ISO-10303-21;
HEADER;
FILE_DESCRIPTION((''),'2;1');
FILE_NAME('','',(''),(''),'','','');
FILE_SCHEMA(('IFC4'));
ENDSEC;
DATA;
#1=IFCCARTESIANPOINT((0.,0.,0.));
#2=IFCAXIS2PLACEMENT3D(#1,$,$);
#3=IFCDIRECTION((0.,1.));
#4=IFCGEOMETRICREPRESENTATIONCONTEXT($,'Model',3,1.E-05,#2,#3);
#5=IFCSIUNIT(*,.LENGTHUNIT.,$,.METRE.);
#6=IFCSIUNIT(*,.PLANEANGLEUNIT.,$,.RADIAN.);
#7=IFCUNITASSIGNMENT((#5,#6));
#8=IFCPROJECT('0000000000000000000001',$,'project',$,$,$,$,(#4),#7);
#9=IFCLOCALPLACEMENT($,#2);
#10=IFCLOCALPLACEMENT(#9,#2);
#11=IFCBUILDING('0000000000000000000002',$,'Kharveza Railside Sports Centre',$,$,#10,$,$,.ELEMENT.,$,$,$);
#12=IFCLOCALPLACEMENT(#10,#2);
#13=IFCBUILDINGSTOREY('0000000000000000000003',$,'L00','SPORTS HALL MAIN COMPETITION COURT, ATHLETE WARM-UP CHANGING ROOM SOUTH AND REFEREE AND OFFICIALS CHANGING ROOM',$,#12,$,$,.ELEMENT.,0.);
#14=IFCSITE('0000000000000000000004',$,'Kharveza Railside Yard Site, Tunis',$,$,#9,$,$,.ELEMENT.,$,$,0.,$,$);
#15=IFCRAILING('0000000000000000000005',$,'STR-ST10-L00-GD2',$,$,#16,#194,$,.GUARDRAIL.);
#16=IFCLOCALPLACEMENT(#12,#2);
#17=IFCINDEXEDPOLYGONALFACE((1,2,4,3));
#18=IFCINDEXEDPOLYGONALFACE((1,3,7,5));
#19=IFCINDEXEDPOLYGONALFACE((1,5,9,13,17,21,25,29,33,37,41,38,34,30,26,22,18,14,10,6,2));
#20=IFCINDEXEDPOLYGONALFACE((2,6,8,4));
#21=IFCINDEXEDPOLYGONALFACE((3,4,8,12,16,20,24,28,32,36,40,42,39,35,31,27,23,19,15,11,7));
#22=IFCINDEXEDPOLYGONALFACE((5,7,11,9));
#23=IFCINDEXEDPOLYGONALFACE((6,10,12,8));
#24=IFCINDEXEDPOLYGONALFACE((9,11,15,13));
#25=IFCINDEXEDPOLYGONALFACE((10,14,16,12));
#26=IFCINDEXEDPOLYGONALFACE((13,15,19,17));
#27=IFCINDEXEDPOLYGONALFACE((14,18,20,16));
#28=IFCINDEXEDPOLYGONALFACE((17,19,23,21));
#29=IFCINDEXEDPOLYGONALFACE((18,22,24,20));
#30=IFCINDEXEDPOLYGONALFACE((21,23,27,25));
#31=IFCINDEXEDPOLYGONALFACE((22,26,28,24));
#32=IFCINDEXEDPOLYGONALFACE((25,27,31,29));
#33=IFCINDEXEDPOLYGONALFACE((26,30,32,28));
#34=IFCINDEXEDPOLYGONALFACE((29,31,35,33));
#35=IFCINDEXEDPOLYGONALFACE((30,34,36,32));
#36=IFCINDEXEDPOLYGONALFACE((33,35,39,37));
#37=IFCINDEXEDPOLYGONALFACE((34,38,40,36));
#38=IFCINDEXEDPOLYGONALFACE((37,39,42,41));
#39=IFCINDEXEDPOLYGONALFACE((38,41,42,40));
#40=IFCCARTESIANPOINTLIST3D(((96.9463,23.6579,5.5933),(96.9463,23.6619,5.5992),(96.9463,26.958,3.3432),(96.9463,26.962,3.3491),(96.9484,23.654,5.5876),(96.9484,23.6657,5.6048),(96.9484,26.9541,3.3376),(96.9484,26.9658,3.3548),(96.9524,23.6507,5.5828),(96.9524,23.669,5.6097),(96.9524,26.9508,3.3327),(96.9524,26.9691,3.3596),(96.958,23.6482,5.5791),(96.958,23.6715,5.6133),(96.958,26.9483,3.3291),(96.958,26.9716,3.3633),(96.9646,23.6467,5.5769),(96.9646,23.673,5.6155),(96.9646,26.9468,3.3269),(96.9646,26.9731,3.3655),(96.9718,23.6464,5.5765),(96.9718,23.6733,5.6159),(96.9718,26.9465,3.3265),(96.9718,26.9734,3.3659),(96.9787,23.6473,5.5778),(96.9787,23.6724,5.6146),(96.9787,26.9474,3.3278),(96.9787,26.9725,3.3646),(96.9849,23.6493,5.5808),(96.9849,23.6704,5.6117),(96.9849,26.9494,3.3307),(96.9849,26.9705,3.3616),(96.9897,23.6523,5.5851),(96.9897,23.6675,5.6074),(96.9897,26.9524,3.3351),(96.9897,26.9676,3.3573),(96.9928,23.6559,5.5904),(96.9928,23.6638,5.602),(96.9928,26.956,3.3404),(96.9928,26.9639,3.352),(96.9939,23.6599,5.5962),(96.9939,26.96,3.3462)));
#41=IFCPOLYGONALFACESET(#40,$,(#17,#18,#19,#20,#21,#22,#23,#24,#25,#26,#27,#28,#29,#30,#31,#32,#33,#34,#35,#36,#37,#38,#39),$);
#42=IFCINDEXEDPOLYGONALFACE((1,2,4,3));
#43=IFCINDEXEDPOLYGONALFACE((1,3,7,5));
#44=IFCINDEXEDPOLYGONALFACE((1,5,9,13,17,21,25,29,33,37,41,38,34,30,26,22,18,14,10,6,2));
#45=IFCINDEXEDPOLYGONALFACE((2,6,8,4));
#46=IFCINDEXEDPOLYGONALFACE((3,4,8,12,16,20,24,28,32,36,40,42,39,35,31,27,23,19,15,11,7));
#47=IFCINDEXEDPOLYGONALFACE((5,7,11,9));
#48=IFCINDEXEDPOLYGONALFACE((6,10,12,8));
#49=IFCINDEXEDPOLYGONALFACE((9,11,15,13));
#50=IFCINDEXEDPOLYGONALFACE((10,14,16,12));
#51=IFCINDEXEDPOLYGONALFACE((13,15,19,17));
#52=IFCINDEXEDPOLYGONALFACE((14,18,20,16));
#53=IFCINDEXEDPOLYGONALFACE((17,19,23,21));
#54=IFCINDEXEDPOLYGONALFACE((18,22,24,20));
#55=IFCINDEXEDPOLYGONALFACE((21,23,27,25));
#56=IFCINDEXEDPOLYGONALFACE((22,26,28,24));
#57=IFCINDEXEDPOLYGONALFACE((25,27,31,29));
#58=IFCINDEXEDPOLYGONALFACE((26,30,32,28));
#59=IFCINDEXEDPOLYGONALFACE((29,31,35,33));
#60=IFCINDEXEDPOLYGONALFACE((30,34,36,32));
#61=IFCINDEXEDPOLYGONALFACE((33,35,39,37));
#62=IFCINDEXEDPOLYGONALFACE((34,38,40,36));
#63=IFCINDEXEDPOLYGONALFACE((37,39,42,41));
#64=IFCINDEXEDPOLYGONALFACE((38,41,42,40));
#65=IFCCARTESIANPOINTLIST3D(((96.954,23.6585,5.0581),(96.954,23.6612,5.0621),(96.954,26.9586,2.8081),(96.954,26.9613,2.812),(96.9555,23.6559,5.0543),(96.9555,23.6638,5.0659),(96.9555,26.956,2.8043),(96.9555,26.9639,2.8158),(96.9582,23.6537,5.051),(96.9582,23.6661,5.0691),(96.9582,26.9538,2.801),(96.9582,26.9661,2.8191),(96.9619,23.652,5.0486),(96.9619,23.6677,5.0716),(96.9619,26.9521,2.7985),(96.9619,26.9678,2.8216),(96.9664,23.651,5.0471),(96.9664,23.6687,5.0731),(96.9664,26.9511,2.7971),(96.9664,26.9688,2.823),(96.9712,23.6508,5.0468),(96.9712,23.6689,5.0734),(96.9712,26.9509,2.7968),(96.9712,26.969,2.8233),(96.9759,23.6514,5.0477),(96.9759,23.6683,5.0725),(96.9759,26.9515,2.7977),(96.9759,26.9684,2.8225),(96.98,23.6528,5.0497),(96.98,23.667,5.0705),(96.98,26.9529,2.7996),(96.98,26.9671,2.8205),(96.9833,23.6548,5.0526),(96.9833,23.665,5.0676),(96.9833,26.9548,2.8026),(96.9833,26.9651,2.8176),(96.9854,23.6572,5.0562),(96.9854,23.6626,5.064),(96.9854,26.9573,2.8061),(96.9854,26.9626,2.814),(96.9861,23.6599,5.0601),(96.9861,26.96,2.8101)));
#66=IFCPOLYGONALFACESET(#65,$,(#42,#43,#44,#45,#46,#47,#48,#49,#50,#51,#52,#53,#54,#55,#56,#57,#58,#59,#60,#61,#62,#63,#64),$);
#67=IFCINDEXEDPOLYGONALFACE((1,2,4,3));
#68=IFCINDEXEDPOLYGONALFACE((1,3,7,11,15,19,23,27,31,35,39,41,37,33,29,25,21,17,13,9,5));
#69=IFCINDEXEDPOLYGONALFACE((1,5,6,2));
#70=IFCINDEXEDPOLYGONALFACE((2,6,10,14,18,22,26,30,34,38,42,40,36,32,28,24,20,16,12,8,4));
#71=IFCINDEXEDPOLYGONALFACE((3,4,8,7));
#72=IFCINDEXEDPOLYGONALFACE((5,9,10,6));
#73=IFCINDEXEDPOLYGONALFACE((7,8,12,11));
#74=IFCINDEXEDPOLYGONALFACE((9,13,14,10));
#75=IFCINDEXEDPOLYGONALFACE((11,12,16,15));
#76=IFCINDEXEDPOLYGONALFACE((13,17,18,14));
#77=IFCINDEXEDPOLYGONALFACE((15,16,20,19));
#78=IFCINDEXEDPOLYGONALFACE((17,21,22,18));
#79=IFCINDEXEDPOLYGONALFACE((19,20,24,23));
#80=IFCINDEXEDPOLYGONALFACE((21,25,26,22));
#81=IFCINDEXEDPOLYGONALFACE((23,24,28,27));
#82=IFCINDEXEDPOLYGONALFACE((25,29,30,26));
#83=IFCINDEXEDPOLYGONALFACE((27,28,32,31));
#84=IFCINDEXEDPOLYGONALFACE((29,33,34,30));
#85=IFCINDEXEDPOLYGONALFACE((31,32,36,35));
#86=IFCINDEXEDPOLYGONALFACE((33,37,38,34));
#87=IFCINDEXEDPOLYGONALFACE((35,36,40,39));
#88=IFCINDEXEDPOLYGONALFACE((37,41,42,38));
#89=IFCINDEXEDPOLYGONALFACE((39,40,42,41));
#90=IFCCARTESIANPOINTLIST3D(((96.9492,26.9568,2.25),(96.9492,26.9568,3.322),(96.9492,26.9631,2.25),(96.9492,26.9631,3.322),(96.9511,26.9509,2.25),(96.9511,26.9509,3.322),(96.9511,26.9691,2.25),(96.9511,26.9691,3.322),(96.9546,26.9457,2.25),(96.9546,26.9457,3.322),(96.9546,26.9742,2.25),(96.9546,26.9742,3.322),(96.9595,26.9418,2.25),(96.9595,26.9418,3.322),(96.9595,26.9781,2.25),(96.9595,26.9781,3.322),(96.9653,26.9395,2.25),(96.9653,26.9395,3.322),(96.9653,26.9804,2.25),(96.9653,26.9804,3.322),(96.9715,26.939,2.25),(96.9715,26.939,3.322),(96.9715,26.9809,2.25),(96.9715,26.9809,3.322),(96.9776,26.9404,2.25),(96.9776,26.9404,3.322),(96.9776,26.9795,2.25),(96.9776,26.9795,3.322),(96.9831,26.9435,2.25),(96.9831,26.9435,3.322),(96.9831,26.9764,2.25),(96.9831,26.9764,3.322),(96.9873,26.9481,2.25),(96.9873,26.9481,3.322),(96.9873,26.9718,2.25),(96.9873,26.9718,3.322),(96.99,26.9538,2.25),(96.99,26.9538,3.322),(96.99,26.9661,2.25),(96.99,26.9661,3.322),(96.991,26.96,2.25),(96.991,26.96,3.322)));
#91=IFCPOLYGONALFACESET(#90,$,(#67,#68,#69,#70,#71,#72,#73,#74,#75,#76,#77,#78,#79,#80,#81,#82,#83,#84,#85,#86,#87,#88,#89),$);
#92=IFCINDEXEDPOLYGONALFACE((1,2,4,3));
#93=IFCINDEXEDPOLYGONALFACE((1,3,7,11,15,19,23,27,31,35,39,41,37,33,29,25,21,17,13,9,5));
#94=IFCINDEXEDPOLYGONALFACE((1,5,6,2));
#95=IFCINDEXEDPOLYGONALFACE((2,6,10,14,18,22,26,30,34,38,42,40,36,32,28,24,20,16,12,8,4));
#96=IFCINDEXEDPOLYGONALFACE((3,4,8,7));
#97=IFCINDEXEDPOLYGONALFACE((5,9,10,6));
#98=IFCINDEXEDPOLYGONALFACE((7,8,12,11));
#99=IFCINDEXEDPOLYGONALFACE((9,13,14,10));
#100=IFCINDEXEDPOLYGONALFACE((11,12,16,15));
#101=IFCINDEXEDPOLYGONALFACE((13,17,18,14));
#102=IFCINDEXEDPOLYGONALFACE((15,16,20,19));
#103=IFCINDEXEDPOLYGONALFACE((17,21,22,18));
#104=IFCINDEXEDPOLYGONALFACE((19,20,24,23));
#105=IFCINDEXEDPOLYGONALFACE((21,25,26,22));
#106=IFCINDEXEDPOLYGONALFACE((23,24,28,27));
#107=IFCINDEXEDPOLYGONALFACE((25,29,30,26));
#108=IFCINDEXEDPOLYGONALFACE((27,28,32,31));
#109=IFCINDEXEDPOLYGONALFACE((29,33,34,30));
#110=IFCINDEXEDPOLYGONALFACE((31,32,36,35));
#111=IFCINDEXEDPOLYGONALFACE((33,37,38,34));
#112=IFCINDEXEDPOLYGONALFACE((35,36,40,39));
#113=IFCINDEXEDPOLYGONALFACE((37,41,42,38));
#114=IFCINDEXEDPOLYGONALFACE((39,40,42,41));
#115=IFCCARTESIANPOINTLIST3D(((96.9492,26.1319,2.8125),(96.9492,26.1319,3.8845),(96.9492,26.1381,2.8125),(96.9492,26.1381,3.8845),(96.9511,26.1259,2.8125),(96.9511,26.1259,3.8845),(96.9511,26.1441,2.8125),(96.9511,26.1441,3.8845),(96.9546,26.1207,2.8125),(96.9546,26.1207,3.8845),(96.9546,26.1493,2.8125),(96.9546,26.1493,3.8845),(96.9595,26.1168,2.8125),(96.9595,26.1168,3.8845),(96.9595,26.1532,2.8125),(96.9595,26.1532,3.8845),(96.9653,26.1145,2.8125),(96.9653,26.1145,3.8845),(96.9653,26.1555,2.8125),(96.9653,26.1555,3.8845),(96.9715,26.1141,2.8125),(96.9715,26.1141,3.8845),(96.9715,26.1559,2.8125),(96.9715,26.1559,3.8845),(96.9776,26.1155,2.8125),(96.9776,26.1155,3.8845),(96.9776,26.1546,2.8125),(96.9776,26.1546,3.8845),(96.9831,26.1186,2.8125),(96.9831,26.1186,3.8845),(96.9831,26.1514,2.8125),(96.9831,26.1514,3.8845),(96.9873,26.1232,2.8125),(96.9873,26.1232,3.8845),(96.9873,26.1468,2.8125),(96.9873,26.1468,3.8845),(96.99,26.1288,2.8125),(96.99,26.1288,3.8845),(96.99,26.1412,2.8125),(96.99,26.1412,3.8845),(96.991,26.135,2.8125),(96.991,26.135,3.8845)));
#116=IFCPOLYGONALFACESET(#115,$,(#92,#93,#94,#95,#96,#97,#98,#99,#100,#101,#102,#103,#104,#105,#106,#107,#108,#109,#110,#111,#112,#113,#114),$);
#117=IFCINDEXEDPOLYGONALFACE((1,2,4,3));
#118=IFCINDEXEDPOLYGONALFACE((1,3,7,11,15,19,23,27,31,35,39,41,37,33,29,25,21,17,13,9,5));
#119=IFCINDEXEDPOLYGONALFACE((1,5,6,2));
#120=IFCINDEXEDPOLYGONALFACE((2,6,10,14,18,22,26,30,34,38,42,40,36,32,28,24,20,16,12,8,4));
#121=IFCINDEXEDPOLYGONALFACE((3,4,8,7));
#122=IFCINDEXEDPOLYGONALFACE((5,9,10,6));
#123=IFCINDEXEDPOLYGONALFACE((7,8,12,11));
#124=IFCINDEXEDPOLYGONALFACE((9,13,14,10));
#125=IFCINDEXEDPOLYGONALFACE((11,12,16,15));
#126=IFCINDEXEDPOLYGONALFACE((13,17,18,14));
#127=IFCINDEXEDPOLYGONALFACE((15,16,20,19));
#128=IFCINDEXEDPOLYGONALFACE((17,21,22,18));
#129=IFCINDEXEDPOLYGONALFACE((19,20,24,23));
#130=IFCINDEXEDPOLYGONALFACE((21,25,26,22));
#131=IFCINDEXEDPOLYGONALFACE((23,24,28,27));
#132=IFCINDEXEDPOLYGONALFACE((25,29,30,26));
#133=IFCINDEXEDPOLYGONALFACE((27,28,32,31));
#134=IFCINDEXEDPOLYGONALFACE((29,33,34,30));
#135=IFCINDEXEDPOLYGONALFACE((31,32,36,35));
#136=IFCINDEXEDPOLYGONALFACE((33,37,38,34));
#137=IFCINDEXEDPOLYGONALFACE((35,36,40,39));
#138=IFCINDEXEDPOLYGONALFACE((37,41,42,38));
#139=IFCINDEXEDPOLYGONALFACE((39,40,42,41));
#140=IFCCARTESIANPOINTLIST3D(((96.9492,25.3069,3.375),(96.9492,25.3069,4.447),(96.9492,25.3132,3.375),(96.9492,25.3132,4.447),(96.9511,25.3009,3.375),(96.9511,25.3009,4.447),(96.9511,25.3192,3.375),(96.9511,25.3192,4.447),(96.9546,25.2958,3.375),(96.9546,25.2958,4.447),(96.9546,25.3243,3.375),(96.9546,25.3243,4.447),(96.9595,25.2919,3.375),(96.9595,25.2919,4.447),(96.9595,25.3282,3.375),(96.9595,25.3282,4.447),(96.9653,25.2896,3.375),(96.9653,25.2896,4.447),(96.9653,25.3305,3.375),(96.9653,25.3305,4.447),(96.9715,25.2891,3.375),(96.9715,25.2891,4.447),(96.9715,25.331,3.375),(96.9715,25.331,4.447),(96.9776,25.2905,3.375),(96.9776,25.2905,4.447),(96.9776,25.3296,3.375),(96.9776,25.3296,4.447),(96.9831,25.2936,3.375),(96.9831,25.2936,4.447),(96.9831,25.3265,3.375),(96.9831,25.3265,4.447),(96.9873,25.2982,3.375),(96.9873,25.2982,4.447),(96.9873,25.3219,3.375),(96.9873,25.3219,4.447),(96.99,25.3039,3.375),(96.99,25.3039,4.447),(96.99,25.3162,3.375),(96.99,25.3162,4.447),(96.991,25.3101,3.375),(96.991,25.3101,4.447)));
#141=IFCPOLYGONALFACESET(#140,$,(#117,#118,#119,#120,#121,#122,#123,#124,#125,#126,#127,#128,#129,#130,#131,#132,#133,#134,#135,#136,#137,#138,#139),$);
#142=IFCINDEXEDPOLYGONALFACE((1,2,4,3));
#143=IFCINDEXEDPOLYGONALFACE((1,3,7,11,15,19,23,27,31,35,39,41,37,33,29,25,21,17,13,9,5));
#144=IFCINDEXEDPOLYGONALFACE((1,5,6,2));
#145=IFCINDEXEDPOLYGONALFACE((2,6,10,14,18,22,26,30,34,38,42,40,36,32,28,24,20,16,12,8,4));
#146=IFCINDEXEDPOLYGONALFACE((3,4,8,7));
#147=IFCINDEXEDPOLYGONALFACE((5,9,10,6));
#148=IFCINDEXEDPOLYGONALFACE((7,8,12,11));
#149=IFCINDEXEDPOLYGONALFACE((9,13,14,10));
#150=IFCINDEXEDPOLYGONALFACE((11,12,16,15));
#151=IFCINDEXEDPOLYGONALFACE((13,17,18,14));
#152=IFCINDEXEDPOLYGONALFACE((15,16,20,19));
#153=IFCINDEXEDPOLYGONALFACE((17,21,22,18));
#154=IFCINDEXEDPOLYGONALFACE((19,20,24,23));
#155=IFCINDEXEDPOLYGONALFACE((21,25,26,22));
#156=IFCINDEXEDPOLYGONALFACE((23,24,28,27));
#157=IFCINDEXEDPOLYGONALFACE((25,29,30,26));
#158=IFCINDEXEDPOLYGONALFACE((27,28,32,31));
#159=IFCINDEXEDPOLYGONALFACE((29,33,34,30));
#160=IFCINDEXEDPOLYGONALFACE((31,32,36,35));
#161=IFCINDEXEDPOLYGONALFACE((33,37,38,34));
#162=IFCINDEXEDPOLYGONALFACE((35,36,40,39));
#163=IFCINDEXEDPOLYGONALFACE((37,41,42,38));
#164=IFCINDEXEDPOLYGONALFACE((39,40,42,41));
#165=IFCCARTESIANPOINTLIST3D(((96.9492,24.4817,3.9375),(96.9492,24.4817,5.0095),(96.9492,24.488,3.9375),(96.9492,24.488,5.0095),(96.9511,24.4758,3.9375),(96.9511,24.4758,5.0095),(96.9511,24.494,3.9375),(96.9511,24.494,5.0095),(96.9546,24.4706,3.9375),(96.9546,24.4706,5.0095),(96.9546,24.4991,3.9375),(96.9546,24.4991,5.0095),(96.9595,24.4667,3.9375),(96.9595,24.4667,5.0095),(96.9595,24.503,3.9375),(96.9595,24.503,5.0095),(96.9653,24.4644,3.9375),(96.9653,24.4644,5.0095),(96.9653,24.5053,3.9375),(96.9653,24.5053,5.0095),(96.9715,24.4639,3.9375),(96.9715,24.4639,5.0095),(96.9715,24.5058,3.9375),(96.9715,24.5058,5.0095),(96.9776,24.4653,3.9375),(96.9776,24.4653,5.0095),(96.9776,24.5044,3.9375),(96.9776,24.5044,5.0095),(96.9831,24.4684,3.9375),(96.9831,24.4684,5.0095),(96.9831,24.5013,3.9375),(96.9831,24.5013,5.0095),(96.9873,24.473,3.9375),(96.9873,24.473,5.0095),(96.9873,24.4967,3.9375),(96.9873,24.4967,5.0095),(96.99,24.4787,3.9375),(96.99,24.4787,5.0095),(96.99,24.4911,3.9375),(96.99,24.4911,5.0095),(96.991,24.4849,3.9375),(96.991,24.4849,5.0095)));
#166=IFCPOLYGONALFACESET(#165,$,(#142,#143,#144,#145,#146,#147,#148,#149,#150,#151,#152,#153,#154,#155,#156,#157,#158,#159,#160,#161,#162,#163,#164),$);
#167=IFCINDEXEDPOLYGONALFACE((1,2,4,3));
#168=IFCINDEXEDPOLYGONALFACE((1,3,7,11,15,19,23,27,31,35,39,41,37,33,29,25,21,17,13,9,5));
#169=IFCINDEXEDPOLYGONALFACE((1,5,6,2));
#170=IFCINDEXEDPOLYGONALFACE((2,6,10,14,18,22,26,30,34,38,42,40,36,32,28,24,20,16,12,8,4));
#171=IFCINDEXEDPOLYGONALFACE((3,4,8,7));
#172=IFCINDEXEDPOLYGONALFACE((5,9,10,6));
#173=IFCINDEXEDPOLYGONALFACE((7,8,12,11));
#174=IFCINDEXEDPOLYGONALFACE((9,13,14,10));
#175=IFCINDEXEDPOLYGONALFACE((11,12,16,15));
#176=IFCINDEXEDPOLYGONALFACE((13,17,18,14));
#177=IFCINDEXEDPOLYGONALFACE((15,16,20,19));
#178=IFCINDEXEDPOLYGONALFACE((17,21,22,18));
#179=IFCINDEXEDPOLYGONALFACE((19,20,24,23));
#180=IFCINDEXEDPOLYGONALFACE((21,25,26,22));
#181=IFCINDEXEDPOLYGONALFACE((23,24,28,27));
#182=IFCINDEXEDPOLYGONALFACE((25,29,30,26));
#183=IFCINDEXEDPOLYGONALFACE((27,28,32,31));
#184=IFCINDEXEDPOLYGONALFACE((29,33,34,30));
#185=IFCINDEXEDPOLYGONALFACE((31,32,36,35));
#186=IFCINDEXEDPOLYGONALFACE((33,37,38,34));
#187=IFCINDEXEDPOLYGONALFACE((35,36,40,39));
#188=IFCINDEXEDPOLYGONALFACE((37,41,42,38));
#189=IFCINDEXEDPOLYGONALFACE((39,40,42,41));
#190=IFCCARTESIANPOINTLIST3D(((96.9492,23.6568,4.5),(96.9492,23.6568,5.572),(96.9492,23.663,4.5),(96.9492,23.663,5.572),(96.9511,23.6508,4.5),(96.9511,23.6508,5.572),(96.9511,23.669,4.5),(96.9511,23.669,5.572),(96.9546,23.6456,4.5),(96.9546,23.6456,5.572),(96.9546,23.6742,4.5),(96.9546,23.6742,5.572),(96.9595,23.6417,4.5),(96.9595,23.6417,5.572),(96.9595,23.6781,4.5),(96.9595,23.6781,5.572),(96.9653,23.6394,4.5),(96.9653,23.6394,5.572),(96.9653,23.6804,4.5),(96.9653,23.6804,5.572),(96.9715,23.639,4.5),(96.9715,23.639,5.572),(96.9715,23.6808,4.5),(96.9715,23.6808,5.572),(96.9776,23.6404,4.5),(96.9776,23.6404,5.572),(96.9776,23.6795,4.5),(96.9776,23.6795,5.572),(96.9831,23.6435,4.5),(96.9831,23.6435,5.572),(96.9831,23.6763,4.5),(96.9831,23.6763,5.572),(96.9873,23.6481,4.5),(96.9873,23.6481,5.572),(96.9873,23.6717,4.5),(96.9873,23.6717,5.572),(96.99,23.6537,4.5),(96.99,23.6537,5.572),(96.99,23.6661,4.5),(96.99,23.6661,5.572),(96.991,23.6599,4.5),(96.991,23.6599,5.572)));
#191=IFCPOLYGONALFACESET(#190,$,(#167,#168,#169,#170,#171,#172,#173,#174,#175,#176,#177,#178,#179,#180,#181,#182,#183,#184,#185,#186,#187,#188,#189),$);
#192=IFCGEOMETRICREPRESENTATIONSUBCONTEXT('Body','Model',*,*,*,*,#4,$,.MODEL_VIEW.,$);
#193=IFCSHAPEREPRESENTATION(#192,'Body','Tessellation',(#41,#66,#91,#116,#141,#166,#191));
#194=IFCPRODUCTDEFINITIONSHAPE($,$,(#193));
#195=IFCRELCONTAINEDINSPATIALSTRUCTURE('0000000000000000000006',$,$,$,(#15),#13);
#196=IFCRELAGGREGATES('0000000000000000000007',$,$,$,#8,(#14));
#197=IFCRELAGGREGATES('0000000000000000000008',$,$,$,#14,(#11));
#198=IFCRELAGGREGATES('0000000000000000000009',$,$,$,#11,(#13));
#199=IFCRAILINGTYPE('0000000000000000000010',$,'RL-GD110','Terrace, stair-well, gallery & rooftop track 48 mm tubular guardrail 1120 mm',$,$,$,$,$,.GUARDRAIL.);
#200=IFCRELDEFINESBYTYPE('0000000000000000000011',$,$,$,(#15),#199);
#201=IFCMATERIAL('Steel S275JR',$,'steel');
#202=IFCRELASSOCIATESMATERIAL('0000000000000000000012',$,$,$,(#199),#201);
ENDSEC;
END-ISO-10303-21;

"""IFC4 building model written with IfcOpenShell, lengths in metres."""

from ifc_helpers import new_model, si_unit, direction, frame, origin, origin_2d, place, context, subcontext, project, spatial, circle, extrude, material, type_object, element, save


model = new_model("IFC4")

# Units and contexts
model_context = context("Model", 3, precision=1e-05, world=origin(), true_north=direction((0.0, 1.0)))
body_context = subcontext(model_context, "Body", "Model", "MODEL_VIEW")
ifc_project = project(units=[si_unit("LENGTHUNIT", "METRE"), si_unit("PLANEANGLEUNIT", "RADIAN")], contexts=[model_context])

# Site, building, storey
site_placement = place(None, origin())
site = spatial("IfcSite", under=ifc_project, at=site_placement, Name="Kharveza Railside Yard Site, Tunis", CompositionType="ELEMENT", RefElevation=0.0)
building_placement = place(site_placement, origin())
building = spatial("IfcBuilding", under=site, at=building_placement, Name="Kharveza Railside Sports Centre", CompositionType="ELEMENT")
storey_placement = place(building_placement, origin())
storey = spatial("IfcBuildingStorey", under=building, at=storey_placement, Name="L00", Description="SPORTS HALL MAIN COMPETITION COURT, ATHLETE WARM-UP CHANGING ROOM SOUTH AND REFEREE AND OFFICIALS CHANGING ROOM", CompositionType="ELEMENT", Elevation=0.0)

# Railing
ifc_material_1 = material(Name="Steel S275JR", Category="steel")
railing_type_1 = type_object("IfcRailingType", Name="RL-GD110", Description="Terrace, stair-well, gallery & rooftop track 48 mm tubular guardrail 1120 mm", PredefinedType="GUARDRAIL", material=ifc_material_1)
railing_1_placement = place(storey_placement, frame((96.97, 26.96, 2.25)))
element("IfcRailing", 1, at=railing_1_placement, inside=storey, type_object=railing_type_1, Name="STR-ST10-L00-GD2", PredefinedType="GUARDRAIL", context=body_context, shape_type="SweptSolid", body=[
    extrude(circle(Radius=0.0239, at=origin_2d()), frame((0.0, 0.0, 1.0962), z_axis=(0.0, -0.826231, 0.563331), x_axis=(1.0, 0.0, 0.0)), (0.0, 0.0, 1.0), 3.9941),
    extrude(circle(Radius=0.0161, at=origin_2d()), frame((0.0, 0.0, 0.5601), z_axis=(0.0, -0.826231, 0.563331), x_axis=(1.0, 0.0, 0.0)), (0.0, 0.0, 1.0), 3.9941),
    extrude(circle(Radius=0.021, at=origin_2d()), origin(), (0.0, 0.0, 1.0), 1.072),
    extrude(circle(Radius=0.021, at=origin_2d()), frame((0.0, -0.825, 0.5625)), (0.0, 0.0, 1.0), 1.072),
    extrude(circle(Radius=0.021, at=origin_2d()), frame((0.0, -1.6499, 1.125)), (0.0, 0.0, 1.0), 1.072),
    extrude(circle(Radius=0.021, at=origin_2d()), frame((0.0, -2.4751, 1.6875)), (0.0, 0.0, 1.0), 1.072),
    extrude(circle(Radius=0.021, at=origin_2d()), frame((0.0, -3.3, 2.25)), (0.0, 0.0, 1.0), 1.072),
])

save(model, "model.ifc")
